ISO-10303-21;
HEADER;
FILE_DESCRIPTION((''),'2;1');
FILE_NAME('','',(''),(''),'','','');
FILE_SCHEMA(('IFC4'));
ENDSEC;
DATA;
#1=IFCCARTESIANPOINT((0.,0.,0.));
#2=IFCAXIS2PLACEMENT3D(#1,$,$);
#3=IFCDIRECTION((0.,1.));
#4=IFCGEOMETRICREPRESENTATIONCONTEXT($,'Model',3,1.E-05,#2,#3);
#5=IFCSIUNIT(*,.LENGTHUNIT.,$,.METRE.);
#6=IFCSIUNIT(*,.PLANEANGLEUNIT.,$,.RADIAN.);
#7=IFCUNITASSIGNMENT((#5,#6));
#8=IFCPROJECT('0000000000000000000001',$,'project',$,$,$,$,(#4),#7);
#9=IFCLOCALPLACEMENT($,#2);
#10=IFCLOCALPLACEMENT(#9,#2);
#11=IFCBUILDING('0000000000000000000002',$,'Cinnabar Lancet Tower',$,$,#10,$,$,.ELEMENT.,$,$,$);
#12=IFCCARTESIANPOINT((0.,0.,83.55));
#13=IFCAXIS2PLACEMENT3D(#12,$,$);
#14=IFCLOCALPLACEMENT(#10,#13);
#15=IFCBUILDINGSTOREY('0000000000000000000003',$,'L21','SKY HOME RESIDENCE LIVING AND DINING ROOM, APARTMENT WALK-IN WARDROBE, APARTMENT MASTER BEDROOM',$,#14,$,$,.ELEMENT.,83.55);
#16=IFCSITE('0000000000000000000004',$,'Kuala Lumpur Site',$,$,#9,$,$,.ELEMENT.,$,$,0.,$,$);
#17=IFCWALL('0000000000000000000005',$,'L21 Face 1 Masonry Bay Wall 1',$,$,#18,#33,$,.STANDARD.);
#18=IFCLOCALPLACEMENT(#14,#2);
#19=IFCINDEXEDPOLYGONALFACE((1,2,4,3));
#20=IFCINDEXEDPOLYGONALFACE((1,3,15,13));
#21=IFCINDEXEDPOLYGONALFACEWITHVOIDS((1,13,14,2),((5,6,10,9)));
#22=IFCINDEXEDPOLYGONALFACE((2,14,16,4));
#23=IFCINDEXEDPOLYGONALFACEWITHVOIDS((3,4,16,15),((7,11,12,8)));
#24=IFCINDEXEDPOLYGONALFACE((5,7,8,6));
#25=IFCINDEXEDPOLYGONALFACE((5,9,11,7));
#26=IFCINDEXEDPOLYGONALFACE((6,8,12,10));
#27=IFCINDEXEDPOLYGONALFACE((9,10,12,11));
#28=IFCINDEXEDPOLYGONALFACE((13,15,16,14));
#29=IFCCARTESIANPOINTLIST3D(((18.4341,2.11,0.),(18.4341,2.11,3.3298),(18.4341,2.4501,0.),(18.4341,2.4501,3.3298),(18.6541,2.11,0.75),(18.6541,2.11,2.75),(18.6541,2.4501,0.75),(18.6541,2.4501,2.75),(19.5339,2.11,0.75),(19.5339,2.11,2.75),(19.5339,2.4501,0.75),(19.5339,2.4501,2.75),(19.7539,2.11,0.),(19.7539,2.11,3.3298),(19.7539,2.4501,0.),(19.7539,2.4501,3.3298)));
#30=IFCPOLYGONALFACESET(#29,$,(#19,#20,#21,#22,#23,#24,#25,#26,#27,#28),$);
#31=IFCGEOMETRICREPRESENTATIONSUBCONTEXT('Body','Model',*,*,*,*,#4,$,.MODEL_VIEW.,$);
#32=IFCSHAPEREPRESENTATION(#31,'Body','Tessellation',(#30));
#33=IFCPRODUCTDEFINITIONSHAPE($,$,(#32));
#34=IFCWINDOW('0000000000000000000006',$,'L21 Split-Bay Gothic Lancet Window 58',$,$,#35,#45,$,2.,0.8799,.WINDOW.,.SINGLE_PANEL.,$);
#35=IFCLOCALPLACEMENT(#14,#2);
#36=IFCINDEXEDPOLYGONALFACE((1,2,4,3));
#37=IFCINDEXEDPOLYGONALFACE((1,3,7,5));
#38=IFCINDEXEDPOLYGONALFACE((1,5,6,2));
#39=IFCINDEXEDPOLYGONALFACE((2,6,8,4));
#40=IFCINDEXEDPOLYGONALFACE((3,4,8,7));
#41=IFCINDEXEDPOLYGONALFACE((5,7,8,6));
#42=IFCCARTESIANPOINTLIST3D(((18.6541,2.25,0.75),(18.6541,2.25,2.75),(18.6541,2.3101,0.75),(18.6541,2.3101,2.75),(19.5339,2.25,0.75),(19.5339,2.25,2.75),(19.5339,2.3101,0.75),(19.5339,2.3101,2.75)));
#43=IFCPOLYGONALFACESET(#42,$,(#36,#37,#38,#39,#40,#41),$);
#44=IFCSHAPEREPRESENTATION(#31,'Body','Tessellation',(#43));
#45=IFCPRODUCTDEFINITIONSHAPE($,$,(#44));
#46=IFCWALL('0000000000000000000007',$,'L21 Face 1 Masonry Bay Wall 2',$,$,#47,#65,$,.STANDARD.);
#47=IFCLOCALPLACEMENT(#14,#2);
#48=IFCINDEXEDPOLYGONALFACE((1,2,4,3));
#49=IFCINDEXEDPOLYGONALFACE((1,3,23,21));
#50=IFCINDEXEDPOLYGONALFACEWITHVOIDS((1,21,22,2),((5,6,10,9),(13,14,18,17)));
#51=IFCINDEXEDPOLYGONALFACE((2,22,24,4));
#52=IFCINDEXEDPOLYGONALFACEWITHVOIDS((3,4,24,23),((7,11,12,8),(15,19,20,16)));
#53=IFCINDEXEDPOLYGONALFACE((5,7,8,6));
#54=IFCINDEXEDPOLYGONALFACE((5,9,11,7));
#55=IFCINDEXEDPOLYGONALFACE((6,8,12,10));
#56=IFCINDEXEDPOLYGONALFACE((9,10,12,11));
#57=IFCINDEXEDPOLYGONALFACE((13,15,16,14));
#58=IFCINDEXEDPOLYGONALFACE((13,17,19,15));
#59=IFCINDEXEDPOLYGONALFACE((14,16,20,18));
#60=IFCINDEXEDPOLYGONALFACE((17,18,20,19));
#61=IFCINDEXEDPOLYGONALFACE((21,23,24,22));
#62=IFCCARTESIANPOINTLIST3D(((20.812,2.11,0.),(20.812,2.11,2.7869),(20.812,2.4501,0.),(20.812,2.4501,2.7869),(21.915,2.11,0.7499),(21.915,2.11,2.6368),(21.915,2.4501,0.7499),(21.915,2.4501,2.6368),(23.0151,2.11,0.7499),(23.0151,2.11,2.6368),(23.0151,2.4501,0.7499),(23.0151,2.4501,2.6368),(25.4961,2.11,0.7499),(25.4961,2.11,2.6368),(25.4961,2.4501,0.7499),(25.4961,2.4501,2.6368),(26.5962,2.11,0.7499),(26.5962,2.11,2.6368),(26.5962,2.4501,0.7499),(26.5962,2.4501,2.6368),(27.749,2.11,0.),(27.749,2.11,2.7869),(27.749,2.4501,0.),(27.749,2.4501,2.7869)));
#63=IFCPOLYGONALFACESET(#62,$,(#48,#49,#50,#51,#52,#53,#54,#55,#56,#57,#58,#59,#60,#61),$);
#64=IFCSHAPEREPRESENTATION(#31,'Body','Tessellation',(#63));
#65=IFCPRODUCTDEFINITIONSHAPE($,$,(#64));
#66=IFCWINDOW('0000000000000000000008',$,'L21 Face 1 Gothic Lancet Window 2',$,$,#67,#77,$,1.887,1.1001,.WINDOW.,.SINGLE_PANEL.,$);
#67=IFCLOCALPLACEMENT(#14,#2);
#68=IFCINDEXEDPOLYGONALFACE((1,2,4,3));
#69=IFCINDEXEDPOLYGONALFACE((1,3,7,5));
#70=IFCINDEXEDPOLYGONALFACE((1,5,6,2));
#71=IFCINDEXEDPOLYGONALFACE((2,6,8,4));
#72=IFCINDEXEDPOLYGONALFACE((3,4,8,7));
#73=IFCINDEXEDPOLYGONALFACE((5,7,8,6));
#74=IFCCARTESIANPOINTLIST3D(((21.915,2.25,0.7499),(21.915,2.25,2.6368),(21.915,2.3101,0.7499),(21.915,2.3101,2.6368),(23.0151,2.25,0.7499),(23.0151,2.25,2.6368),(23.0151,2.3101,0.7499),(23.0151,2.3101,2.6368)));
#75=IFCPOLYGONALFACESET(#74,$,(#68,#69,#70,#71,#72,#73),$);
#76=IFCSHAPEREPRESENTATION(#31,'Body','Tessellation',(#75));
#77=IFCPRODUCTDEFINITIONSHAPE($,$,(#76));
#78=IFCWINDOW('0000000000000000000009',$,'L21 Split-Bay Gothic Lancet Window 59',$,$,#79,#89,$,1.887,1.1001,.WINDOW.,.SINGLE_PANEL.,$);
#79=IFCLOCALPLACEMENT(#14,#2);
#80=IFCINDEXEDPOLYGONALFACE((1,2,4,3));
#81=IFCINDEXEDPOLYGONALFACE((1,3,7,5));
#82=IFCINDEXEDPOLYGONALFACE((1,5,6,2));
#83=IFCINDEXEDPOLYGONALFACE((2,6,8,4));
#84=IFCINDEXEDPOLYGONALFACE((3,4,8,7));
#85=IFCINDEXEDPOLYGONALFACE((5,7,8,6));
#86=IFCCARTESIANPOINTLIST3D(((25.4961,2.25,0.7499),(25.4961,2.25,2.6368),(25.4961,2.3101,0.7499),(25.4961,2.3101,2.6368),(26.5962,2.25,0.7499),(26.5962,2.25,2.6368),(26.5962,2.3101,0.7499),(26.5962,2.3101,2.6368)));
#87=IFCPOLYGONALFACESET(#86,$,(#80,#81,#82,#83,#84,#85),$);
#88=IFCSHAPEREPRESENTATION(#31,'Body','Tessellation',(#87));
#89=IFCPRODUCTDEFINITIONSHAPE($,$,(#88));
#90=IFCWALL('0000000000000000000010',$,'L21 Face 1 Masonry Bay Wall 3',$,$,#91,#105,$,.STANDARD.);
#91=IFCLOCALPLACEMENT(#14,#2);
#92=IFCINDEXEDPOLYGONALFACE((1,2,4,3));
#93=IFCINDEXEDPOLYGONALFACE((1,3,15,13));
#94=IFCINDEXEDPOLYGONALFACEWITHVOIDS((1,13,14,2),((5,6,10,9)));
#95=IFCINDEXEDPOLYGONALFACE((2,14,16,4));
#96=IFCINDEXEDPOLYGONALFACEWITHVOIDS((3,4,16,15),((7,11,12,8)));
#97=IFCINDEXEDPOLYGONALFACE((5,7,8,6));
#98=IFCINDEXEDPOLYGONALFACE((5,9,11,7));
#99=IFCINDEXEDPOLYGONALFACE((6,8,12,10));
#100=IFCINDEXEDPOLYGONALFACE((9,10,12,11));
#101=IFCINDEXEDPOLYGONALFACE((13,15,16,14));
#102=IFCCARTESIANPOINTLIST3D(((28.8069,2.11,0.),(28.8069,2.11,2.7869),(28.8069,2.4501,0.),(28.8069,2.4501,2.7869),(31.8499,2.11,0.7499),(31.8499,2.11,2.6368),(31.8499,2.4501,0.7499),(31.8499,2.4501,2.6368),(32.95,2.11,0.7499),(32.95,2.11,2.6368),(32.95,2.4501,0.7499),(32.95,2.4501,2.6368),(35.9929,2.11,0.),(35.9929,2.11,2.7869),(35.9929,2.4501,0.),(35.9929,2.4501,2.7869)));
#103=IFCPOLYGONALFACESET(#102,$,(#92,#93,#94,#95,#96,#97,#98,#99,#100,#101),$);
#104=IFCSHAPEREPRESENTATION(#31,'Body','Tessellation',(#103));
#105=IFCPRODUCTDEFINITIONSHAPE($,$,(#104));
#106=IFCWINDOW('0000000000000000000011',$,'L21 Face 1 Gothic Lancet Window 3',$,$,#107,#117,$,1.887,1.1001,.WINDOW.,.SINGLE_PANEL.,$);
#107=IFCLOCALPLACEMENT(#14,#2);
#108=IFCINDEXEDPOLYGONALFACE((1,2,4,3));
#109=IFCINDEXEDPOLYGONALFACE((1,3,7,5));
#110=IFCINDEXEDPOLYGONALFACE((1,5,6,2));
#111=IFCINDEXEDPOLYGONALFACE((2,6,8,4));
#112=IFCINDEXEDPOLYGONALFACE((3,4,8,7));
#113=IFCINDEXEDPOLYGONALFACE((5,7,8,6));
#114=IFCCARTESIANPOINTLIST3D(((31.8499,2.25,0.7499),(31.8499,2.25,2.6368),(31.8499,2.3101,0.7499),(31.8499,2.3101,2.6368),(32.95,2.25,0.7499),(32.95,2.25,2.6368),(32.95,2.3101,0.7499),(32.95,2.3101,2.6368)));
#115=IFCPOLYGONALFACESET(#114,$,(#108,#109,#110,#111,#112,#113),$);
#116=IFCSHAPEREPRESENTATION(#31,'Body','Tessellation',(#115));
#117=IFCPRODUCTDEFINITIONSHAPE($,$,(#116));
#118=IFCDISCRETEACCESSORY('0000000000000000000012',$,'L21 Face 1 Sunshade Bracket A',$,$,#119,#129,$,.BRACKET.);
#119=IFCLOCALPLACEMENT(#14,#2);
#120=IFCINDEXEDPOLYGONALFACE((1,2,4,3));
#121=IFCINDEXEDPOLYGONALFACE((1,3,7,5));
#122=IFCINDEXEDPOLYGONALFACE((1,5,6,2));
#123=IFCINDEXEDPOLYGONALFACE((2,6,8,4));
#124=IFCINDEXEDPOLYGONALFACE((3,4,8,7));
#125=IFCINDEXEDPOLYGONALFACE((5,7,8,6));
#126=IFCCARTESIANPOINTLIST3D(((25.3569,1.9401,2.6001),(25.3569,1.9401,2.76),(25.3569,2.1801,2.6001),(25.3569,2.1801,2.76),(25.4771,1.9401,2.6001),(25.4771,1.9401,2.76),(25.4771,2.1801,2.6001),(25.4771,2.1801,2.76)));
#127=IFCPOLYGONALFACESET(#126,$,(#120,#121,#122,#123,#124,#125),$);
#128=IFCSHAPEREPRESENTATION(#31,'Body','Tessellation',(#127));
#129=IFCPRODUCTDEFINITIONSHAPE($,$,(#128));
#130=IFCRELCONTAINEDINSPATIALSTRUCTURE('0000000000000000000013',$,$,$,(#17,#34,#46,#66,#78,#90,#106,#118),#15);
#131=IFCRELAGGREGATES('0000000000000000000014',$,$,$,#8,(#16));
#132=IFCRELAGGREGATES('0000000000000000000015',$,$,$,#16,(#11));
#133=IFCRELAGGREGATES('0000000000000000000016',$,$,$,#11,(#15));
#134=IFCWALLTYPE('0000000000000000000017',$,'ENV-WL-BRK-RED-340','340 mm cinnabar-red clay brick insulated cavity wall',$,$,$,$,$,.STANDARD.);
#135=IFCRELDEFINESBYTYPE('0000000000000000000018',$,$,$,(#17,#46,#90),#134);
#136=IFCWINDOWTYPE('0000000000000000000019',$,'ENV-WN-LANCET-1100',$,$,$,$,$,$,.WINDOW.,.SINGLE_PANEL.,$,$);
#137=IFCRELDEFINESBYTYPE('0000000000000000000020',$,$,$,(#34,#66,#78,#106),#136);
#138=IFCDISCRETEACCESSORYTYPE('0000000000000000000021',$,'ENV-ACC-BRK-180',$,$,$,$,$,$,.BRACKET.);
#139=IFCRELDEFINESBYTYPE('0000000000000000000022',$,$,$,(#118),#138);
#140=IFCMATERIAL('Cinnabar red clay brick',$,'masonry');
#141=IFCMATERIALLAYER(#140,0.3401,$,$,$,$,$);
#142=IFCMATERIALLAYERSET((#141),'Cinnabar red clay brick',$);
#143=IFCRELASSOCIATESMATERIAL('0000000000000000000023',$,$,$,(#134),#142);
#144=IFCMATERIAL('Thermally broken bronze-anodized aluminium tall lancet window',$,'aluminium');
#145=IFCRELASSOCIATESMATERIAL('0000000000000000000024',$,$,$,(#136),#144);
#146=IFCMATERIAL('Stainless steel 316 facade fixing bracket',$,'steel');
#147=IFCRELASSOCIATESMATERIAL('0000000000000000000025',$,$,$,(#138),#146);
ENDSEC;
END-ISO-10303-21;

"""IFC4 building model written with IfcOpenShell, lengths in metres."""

from ifc_helpers import new_model, si_unit, direction, frame, frame_2d, origin, origin_2d, place, context, subcontext, project, spatial, rectangle, extrude, material, layer, layer_set, type_object, element, fill, save


model = new_model("IFC4")

# Units and contexts
model_context = context("Model", 3, precision=1e-05, world=origin(), true_north=direction((0.0, 1.0)))
body_context = subcontext(model_context, "Body", "Model", "MODEL_VIEW")
ifc_project = project(units=[si_unit("LENGTHUNIT", "METRE"), si_unit("PLANEANGLEUNIT", "RADIAN")], contexts=[model_context])

# Site, building, storey
site_placement = place(None, origin())
site = spatial("IfcSite", under=ifc_project, at=site_placement, Name="Kuala Lumpur Site", CompositionType="ELEMENT", RefElevation=0.0)
building_placement = place(site_placement, origin())
building = spatial("IfcBuilding", under=site, at=building_placement, Name="Cinnabar Lancet Tower", CompositionType="ELEMENT")
storey_placement = place(building_placement, frame((0.0, 0.0, 83.55)))
storey = spatial("IfcBuildingStorey", under=building, at=storey_placement, Name="L21", Description="SKY HOME RESIDENCE LIVING AND DINING ROOM, APARTMENT WALK-IN WARDROBE, APARTMENT MASTER BEDROOM", CompositionType="ELEMENT", Elevation=83.55)

# Wall, opening, window
ifc_material_1 = material(Name="Cinnabar red clay brick", Category="masonry")
ifc_layer_1 = layer(ifc_material_1, 0.3401)
ifc_layer_set_1 = layer_set([ifc_layer_1], Name="Cinnabar red clay brick")
wall_type_1 = type_object("IfcWallType", Name="ENV-WL-BRK-RED-340", Description="340 mm cinnabar-red clay brick insulated cavity wall", PredefinedType="STANDARD", material=ifc_layer_set_1)
wall_1_placement = place(storey_placement, frame((18.4341, 2.28, 0.0), z_axis=(0.0, 0.0, 1.0), x_axis=(1.0, 0.0, 0.0)))
wall_1 = element("IfcWall", 1, at=wall_1_placement, inside=storey, type_object=wall_type_1, Name="L21 Face 1 Masonry Bay Wall 1", PredefinedType="STANDARD", context=body_context, shape_type="SweptSolid", body=[
    extrude(rectangle(XDim=1.3198, YDim=0.3401, at=frame_2d((0.6599, 0.0))), origin(), (0.0, 0.0, 1.0), 3.3298),
])
opening_1_placement = place(wall_1_placement, frame((0.22, 0.0, 0.75)))
opening_1 = element("IfcOpeningElement", 2, at=opening_1_placement, cuts=wall_1, PredefinedType="OPENING", context=body_context, shape_type="SweptSolid", body=[
    extrude(rectangle(XDim=0.8799, YDim=2.0, at=frame_2d((0.4399, 1.0))), frame((0.0, 0.1799, 0.0), z_axis=(0.0, -1.0, 0.0), x_axis=(1.0, 0.0, 0.0)), (0.0, 0.0, 1.0), 0.3601),
])
ifc_material_2 = material(Name="Thermally broken bronze-anodized aluminium tall lancet window", Category="aluminium")
window_type = type_object("IfcWindowType", Name="ENV-WN-LANCET-1100", PartitioningType="SINGLE_PANEL", PredefinedType="WINDOW", material=ifc_material_2)
window_1_placement = place(opening_1_placement, origin())
window_1 = element("IfcWindow", 3, at=window_1_placement, inside=storey, type_object=window_type, Name="L21 Split-Bay Gothic Lancet Window 58", OverallHeight=2.0, OverallWidth=0.8799, PartitioningType="SINGLE_PANEL", PredefinedType="WINDOW", context=body_context, shape_type="SweptSolid", body=[
    extrude(rectangle(XDim=0.8799, YDim=2.0, at=frame_2d((0.4399, 1.0))), frame((0.0, 0.03, 0.0), z_axis=(0.0, -1.0, 0.0), x_axis=(1.0, 0.0, 0.0)), (0.0, 0.0, 1.0), 0.0601),
])
fill(opening_1, window_1)

# Wall, openings, windows
wall_2_placement = place(storey_placement, frame((20.812, 2.28, 0.0), z_axis=(0.0, 0.0, 1.0), x_axis=(1.0, 0.0, 0.0)))
wall_2 = element("IfcWall", 4, at=wall_2_placement, inside=storey, type_object=wall_type_1, Name="L21 Face 1 Masonry Bay Wall 2", PredefinedType="STANDARD", context=body_context, shape_type="SweptSolid", body=[
    extrude(rectangle(XDim=6.937, YDim=0.3401, at=frame_2d((3.4685, 0.0))), origin(), (0.0, 0.0, 1.0), 2.7869),
])
opening_2_placement = place(wall_2_placement, frame((1.103, 0.0, 0.75)))
opening_2 = element("IfcOpeningElement", 5, at=opening_2_placement, cuts=wall_2, PredefinedType="OPENING", context=body_context, shape_type="SweptSolid", body=[
    extrude(rectangle(XDim=1.1001, YDim=1.887, at=frame_2d((0.55, 0.9434))), frame((0.0, 0.1799, 0.0), z_axis=(0.0, -1.0, 0.0), x_axis=(1.0, 0.0, 0.0)), (0.0, 0.0, 1.0), 0.3601),
])
opening_3_placement = place(wall_2_placement, frame((4.6841, 0.0, 0.75)))
opening_3 = element("IfcOpeningElement", 6, at=opening_3_placement, cuts=wall_2, PredefinedType="OPENING", context=body_context, shape_type="SweptSolid", body=[
    extrude(rectangle(XDim=1.1001, YDim=1.887, at=frame_2d((0.55, 0.9434))), frame((0.0, 0.1799, 0.0), z_axis=(0.0, -1.0, 0.0), x_axis=(1.0, 0.0, 0.0)), (0.0, 0.0, 1.0), 0.3601),
])
window_2_placement = place(opening_2_placement, origin())
window_2 = element("IfcWindow", 7, at=window_2_placement, inside=storey, type_object=window_type, Name="L21 Face 1 Gothic Lancet Window 2", OverallHeight=1.887, OverallWidth=1.1001, PartitioningType="SINGLE_PANEL", PredefinedType="WINDOW", context=body_context, shape_type="SweptSolid", body=[
    extrude(rectangle(XDim=1.1001, YDim=1.887, at=frame_2d((0.55, 0.9434))), frame((0.0, 0.03, 0.0), z_axis=(0.0, -1.0, 0.0), x_axis=(1.0, 0.0, 0.0)), (0.0, 0.0, 1.0), 0.0601),
])
fill(opening_2, window_2)
window_3_placement = place(opening_3_placement, origin())
window_3 = element("IfcWindow", 8, at=window_3_placement, inside=storey, type_object=window_type, Name="L21 Split-Bay Gothic Lancet Window 59", OverallHeight=1.887, OverallWidth=1.1001, PartitioningType="SINGLE_PANEL", PredefinedType="WINDOW", context=body_context, shape_type="SweptSolid", body=[
    extrude(rectangle(XDim=1.1001, YDim=1.887, at=frame_2d((0.55, 0.9434))), frame((0.0, 0.03, 0.0), z_axis=(0.0, -1.0, 0.0), x_axis=(1.0, 0.0, 0.0)), (0.0, 0.0, 1.0), 0.0601),
])
fill(opening_3, window_3)

# Wall, opening, window
wall_3_placement = place(storey_placement, frame((28.8069, 2.28, 0.0), z_axis=(0.0, 0.0, 1.0), x_axis=(1.0, 0.0, 0.0)))
wall_3 = element("IfcWall", 9, at=wall_3_placement, inside=storey, type_object=wall_type_1, Name="L21 Face 1 Masonry Bay Wall 3", PredefinedType="STANDARD", context=body_context, shape_type="SweptSolid", body=[
    extrude(rectangle(XDim=7.186, YDim=0.3401, at=frame_2d((3.593, 0.0))), origin(), (0.0, 0.0, 1.0), 2.7869),
])
opening_4_placement = place(wall_3_placement, frame((3.043, 0.0, 0.75)))
opening_4 = element("IfcOpeningElement", 10, at=opening_4_placement, cuts=wall_3, PredefinedType="OPENING", context=body_context, shape_type="SweptSolid", body=[
    extrude(rectangle(XDim=1.1001, YDim=1.887, at=frame_2d((0.55, 0.9434))), frame((0.0, 0.1799, 0.0), z_axis=(0.0, -1.0, 0.0), x_axis=(1.0, 0.0, 0.0)), (0.0, 0.0, 1.0), 0.3601),
])
window_4_placement = place(opening_4_placement, origin())
window_4 = element("IfcWindow", 11, at=window_4_placement, inside=storey, type_object=window_type, Name="L21 Face 1 Gothic Lancet Window 3", OverallHeight=1.887, OverallWidth=1.1001, PartitioningType="SINGLE_PANEL", PredefinedType="WINDOW", context=body_context, shape_type="SweptSolid", body=[
    extrude(rectangle(XDim=1.1001, YDim=1.887, at=frame_2d((0.55, 0.9434))), frame((0.0, 0.03, 0.0), z_axis=(0.0, -1.0, 0.0), x_axis=(1.0, 0.0, 0.0)), (0.0, 0.0, 1.0), 0.0601),
])
fill(opening_4, window_4)

# Discrete accessory
ifc_material_3 = material(Name="Stainless steel 316 facade fixing bracket", Category="steel")
discrete_accessory_type = type_object("IfcDiscreteAccessoryType", Name="ENV-ACC-BRK-180", PredefinedType="BRACKET", material=ifc_material_3)
discrete_accessory_placement = place(storey_placement, frame((25.417, 2.0601, 2.6001), z_axis=(0.0, 0.0, 1.0), x_axis=(1.0, 0.0, 0.0)))
element("IfcDiscreteAccessory", 12, at=discrete_accessory_placement, inside=storey, type_object=discrete_accessory_type, Name="L21 Face 1 Sunshade Bracket A", PredefinedType="BRACKET", context=body_context, shape_type="SweptSolid", body=[
    extrude(rectangle(XDim=0.1201, YDim=0.24, at=origin_2d()), origin(), (0.0, 0.0, 1.0), 0.1599),
])

save(model, "model.ifc")
